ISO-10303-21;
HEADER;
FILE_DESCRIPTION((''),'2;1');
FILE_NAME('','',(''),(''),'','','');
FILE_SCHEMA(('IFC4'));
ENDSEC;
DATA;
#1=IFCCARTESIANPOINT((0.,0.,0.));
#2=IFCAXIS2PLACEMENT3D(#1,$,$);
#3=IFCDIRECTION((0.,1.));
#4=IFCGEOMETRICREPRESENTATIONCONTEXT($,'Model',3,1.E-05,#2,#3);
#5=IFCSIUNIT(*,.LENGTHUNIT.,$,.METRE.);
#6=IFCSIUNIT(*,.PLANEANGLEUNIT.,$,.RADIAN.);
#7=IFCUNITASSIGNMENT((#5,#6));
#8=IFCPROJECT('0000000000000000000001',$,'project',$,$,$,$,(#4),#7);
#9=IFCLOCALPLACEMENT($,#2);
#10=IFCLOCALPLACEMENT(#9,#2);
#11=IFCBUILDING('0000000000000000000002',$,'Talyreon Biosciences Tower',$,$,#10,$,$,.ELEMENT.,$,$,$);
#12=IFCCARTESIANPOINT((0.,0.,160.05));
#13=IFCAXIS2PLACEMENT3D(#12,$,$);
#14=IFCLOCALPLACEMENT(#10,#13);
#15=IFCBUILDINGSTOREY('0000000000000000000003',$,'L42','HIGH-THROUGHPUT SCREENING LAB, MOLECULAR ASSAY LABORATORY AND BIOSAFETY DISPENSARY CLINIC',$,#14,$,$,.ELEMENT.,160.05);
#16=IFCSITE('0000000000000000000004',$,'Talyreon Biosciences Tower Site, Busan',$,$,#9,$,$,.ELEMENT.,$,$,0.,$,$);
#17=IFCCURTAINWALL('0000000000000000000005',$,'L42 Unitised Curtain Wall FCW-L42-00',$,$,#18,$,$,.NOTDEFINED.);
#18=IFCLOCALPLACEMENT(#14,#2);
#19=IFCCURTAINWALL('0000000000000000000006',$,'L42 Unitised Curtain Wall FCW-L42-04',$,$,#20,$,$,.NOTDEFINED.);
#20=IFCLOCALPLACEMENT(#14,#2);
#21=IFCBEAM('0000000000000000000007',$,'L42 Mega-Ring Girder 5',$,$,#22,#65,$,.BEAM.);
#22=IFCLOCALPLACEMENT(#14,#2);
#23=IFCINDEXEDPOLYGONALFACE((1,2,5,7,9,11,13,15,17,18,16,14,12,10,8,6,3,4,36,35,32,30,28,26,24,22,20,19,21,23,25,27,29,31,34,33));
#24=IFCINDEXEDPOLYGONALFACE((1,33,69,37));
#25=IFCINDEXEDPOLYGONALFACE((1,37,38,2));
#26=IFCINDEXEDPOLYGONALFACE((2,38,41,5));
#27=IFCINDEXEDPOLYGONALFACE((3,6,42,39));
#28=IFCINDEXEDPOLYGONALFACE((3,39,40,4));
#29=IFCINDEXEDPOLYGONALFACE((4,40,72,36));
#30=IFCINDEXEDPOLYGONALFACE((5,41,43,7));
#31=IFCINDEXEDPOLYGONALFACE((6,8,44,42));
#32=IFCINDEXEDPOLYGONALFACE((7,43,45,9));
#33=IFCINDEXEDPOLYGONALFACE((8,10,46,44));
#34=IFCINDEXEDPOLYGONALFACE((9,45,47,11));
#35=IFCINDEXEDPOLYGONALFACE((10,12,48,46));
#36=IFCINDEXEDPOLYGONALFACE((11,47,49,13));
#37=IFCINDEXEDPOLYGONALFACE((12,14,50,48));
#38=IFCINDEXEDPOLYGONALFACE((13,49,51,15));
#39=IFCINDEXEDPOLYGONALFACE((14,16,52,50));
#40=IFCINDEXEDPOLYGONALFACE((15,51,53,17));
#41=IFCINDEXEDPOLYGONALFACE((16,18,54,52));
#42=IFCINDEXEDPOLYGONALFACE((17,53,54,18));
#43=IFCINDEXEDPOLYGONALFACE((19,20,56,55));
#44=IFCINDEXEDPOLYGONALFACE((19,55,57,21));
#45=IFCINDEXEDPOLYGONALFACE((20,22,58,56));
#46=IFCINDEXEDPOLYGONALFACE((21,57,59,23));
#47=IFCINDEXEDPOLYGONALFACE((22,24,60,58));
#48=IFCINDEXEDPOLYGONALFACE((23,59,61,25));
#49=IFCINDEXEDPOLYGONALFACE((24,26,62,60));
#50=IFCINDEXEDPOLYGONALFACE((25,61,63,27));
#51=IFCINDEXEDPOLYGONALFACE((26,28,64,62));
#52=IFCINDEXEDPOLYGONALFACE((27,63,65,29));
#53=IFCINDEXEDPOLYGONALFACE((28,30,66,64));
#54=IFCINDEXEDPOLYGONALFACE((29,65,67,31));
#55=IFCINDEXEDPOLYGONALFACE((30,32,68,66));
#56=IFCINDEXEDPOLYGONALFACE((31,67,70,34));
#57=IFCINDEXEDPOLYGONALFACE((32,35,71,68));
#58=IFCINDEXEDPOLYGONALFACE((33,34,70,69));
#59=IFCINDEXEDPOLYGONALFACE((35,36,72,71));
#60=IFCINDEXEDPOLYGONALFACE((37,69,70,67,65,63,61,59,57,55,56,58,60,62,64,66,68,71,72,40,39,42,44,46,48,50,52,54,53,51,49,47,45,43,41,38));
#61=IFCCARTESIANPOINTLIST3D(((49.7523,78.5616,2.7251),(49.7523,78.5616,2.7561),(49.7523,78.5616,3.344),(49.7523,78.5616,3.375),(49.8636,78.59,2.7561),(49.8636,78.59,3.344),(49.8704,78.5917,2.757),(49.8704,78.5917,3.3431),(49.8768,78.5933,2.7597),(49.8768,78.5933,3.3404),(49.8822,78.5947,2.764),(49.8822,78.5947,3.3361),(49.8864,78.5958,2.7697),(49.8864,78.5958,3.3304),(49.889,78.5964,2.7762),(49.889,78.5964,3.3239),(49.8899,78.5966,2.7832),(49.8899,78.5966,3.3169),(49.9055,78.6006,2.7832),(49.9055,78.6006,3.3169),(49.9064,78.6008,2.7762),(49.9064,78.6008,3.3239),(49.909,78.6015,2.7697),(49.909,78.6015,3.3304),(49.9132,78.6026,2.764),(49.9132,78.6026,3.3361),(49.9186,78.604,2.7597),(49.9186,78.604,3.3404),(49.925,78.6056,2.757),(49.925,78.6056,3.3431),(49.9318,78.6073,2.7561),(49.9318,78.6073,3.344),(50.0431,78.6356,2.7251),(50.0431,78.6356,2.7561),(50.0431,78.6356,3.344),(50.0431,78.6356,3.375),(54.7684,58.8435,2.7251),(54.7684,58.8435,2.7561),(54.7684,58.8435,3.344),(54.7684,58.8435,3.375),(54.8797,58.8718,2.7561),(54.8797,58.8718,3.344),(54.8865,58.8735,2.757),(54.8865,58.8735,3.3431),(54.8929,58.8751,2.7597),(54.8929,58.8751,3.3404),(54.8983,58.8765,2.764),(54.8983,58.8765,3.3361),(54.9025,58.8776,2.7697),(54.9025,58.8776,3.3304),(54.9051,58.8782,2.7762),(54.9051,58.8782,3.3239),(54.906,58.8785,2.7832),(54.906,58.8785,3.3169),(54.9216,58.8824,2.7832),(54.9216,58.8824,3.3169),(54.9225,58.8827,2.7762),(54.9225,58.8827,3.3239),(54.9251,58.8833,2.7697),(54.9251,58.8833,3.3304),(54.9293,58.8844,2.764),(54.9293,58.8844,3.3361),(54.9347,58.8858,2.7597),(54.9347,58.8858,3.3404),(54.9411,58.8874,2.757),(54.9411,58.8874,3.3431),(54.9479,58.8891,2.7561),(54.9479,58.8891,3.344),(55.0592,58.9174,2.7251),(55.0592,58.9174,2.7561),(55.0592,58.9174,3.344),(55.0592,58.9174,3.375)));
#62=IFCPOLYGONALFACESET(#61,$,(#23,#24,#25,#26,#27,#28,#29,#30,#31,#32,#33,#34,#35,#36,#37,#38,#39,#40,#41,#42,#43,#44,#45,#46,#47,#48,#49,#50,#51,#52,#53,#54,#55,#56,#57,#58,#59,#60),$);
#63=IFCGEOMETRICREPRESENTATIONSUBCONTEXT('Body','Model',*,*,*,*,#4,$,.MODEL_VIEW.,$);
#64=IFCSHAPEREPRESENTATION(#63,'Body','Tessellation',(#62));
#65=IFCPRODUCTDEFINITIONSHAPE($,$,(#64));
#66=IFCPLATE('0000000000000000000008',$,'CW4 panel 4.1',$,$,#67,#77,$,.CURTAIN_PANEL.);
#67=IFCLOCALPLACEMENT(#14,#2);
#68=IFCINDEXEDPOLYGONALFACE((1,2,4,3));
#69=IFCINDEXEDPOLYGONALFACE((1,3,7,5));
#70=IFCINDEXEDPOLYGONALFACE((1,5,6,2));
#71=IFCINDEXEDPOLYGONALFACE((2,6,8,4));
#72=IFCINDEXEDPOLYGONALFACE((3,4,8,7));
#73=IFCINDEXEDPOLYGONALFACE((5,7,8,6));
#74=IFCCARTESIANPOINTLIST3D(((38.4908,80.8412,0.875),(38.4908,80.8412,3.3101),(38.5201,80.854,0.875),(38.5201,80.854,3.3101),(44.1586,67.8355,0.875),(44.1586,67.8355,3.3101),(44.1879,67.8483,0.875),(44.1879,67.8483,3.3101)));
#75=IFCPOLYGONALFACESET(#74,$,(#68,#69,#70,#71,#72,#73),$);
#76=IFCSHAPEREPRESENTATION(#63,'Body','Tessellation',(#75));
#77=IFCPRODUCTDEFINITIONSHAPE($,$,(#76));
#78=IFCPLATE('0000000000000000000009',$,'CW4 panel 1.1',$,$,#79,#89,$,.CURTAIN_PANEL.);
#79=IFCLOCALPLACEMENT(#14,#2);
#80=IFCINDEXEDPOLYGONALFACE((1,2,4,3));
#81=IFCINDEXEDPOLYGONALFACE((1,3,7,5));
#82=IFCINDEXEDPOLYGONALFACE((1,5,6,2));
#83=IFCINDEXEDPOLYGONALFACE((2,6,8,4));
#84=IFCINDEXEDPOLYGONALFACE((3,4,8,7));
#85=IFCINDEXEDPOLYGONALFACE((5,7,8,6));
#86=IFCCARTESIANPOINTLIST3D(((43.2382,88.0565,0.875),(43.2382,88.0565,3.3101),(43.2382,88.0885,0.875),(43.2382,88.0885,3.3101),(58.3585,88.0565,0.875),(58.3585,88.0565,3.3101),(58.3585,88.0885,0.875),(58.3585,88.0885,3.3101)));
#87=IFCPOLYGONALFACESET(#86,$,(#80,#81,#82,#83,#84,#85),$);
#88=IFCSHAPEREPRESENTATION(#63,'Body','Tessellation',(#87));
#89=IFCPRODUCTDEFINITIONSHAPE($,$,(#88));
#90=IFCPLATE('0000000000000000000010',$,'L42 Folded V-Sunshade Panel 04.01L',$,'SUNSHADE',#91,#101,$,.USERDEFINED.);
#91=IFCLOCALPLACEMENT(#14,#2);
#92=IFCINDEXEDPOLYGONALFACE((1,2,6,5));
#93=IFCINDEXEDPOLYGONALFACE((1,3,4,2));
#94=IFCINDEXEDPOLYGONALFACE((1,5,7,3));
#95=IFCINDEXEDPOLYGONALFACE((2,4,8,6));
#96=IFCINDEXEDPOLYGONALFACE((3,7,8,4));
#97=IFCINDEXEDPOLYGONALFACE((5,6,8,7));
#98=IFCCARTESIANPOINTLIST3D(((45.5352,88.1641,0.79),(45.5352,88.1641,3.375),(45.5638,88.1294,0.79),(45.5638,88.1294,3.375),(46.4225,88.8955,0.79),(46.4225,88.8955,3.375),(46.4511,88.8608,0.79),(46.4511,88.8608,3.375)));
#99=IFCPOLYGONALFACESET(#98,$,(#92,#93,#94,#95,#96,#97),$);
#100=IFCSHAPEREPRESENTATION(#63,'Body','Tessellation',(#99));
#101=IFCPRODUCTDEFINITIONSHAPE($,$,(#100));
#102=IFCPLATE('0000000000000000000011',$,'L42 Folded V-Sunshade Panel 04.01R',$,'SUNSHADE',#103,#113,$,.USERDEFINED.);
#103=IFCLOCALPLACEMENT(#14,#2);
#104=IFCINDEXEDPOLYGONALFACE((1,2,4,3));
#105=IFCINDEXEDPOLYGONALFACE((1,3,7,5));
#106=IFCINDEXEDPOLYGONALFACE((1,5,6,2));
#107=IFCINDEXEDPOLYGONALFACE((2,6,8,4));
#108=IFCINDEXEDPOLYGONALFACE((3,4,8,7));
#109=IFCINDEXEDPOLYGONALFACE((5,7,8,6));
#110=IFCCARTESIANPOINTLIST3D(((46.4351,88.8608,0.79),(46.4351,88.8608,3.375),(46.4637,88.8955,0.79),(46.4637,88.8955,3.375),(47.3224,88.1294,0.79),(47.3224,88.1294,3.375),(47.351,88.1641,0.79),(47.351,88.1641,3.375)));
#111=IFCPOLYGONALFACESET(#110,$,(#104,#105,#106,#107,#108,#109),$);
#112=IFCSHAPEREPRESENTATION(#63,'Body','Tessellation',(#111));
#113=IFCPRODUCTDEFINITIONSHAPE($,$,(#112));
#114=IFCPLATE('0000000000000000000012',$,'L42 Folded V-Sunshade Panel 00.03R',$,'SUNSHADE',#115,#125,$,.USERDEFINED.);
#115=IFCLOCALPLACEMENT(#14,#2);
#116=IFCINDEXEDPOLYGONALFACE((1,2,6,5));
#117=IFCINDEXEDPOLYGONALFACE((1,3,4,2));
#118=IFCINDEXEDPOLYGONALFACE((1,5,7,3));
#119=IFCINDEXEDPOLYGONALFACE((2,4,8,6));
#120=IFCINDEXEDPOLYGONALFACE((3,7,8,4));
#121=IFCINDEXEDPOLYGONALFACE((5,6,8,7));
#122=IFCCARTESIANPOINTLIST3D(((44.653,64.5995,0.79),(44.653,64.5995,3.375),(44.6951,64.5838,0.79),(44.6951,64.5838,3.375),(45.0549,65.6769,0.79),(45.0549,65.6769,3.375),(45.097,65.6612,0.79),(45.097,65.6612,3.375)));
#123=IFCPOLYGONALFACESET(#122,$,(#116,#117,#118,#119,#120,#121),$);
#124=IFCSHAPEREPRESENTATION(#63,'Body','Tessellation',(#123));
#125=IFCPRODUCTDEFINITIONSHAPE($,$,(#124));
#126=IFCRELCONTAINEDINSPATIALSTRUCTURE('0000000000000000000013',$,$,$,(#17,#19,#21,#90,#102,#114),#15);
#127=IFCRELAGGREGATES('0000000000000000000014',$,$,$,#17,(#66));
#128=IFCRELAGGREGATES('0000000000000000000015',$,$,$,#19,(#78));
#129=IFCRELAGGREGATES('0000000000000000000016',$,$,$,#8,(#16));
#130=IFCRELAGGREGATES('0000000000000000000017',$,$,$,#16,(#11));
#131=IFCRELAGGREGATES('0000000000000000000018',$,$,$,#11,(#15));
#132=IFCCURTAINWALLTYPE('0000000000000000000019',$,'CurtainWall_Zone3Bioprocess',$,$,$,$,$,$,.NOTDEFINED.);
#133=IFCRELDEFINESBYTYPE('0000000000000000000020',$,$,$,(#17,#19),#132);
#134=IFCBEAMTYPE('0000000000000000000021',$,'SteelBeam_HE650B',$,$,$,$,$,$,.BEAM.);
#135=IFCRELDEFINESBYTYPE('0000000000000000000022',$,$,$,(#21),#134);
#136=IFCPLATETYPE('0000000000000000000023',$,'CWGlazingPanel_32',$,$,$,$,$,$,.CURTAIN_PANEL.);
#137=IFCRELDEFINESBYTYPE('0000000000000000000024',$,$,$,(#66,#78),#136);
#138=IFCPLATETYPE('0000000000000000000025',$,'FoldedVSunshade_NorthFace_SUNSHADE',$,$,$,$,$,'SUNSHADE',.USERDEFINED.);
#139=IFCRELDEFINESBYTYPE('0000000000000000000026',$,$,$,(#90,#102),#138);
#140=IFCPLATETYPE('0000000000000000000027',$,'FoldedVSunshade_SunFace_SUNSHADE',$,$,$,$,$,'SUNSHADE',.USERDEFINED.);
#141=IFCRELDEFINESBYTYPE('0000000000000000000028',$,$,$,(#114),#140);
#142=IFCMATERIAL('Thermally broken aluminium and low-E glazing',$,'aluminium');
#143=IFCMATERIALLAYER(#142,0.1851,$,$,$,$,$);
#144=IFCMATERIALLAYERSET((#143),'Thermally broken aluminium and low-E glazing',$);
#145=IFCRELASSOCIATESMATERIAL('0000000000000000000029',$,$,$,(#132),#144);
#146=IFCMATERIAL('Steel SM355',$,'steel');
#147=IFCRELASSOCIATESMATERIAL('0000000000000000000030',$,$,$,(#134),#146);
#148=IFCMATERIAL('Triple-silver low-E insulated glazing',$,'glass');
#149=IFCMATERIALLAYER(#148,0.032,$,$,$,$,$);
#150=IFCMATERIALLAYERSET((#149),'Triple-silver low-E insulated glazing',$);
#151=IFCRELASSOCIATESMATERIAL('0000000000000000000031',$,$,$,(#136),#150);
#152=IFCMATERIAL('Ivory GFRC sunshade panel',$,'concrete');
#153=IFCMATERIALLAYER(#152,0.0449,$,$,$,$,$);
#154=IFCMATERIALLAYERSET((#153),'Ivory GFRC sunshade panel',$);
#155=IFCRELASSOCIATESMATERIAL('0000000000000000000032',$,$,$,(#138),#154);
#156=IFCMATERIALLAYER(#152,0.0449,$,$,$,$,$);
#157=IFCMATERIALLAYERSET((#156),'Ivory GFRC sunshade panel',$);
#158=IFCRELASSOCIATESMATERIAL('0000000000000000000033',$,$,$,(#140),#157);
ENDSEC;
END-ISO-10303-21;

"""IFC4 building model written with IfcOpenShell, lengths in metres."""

from ifc_helpers import new_model, si_unit, direction, frame, origin, origin_2d, place, context, subcontext, project, spatial, rectangle, i_section, extrude, material, layer, layer_set, material_profile, profile_set, type_object, element, aggregate, save


model = new_model("IFC4")

# Units and contexts
model_context = context("Model", 3, precision=1e-05, world=origin(), true_north=direction((0.0, 1.0)))
body_context = subcontext(model_context, "Body", "Model", "MODEL_VIEW")
ifc_project = project(units=[si_unit("LENGTHUNIT", "METRE"), si_unit("PLANEANGLEUNIT", "RADIAN")], contexts=[model_context])

# Site, building, storey
site_placement = place(None, origin())
site = spatial("IfcSite", under=ifc_project, at=site_placement, Name="Talyreon Biosciences Tower Site, Busan", CompositionType="ELEMENT", RefElevation=0.0)
building_placement = place(site_placement, origin())
building = spatial("IfcBuilding", under=site, at=building_placement, Name="Talyreon Biosciences Tower", CompositionType="ELEMENT")
storey_placement = place(building_placement, frame((0.0, 0.0, 160.05)))
storey = spatial("IfcBuildingStorey", under=building, at=storey_placement, Name="L42", Description="HIGH-THROUGHPUT SCREENING LAB, MOLECULAR ASSAY LABORATORY AND BIOSAFETY DISPENSARY CLINIC", CompositionType="ELEMENT", Elevation=160.05)

# Curtain wall
ifc_material_1 = material(Name="Thermally broken aluminium and low-E glazing", Category="aluminium")
ifc_layer_1 = layer(ifc_material_1, 0.1851)
ifc_layer_set_1 = layer_set([ifc_layer_1], Name="Thermally broken aluminium and low-E glazing")
curtain_wall_type = type_object("IfcCurtainWallType", Name="CurtainWall_Zone3Bioprocess", PredefinedType="NOTDEFINED", material=ifc_layer_set_1)
curtain_wall_1_placement = place(storey_placement, origin())
curtain_wall_1 = element("IfcCurtainWall", 1, at=curtain_wall_1_placement, inside=storey, type_object=curtain_wall_type, Name="L42 Unitised Curtain Wall FCW-L42-00", PredefinedType="NOTDEFINED")

# Curtain wall
curtain_wall_2_placement = place(storey_placement, origin())
curtain_wall_2 = element("IfcCurtainWall", 2, at=curtain_wall_2_placement, inside=storey, type_object=curtain_wall_type, Name="L42 Unitised Curtain Wall FCW-L42-04", PredefinedType="NOTDEFINED")

# Beam
ifc_material_2 = material(Name="Steel SM355", Category="steel")
ifc_material_profile_1 = material_profile(ifc_material_2, i_section(OverallWidth=0.3, OverallDepth=0.6499, WebThickness=0.0161, FlangeThickness=0.031, FilletRadius=0.0271, at=origin_2d()), Name="HE650B")
ifc_profile_set_1 = profile_set([ifc_material_profile_1], Name="Steel SM355")
beam_type_1 = type_object("IfcBeamType", Name="SteelBeam_HE650B", PredefinedType="BEAM", material=ifc_profile_set_1)
beam_1_placement = place(storey_placement, frame((49.8977, 78.5986, 3.05), z_axis=(0.246537, -0.969133, 0.0), x_axis=(0.969133, 0.246537, 0.0)))
element("IfcBeam", 3, at=beam_1_placement, inside=storey, type_object=beam_type_1, Name="L42 Mega-Ring Girder 5", PredefinedType="BEAM", context=body_context, shape_type="SweptSolid", body=[
    extrude(i_section(OverallWidth=0.3, OverallDepth=0.6499, WebThickness=0.0161, FlangeThickness=0.031, FilletRadius=0.0271, at=origin_2d()), origin(), (0.0, 0.0, 1.0), 20.3462),
])

# Plates
ifc_material_3 = material(Name="Triple-silver low-E insulated glazing", Category="glass")
ifc_layer_2 = layer(ifc_material_3, 0.032)
ifc_layer_set_2 = layer_set([ifc_layer_2], Name="Triple-silver low-E insulated glazing")
plate_type_1 = type_object("IfcPlateType", Name="CWGlazingPanel_32", PredefinedType="CURTAIN_PANEL", material=ifc_layer_set_2)
plate_1_placement = place(storey_placement, frame((41.3394, 74.3447, 0.875), z_axis=(0.0, 0.0, 1.0), x_axis=(-0.399505, 0.916731, 0.0)))
plate_1 = element("IfcPlate", 4, at=plate_1_placement, type_object=plate_type_1, Name="CW4 panel 4.1", PredefinedType="CURTAIN_PANEL", context=body_context, shape_type="SweptSolid", body=[
    extrude(rectangle(XDim=14.187, YDim=0.032, at=origin_2d()), origin(), (0.0, 0.0, 1.0), 2.4351),
])
aggregate(curtain_wall_1, [plate_1])
plate_2_placement = place(storey_placement, frame((50.7983, 88.0725, 0.875), z_axis=(0.0, 0.0, 1.0), x_axis=(1.0, 0.0, 0.0)))
plate_2 = element("IfcPlate", 5, at=plate_2_placement, type_object=plate_type_1, Name="CW4 panel 1.1", PredefinedType="CURTAIN_PANEL", context=body_context, shape_type="SweptSolid", body=[
    extrude(rectangle(XDim=15.1204, YDim=0.032, at=origin_2d()), origin(), (0.0, 0.0, 1.0), 2.4351),
])
aggregate(curtain_wall_2, [plate_2])

# Plates
ifc_material_4 = material(Name="Ivory GFRC sunshade panel", Category="concrete")
ifc_layer_3 = layer(ifc_material_4, 0.0449)
ifc_layer_set_3 = layer_set([ifc_layer_3], Name="Ivory GFRC sunshade panel")
plate_type_2 = type_object("IfcPlateType", Name="FoldedVSunshade_NorthFace_SUNSHADE", ElementType="SUNSHADE", PredefinedType="USERDEFINED", material=ifc_layer_set_3)
for number, where, z_axis, x_axis, name in (
    (6, (45.9932, 88.5125, 0.79), (0.0, 0.0, 1.0), (0.771625, 0.636078, 0.0), "L42 Folded V-Sunshade Panel 04.01L"),
    (7, (46.8931, 88.5125, 0.79), (0.0, 0.0, 1.0), (0.771625, -0.636078, 0.0), "L42 Folded V-Sunshade Panel 04.01R"),
):
    element("IfcPlate", number, at=place(storey_placement, frame(where, z_axis=z_axis, x_axis=x_axis)), inside=storey, type_object=plate_type_2, Name=name, ObjectType="SUNSHADE", PredefinedType="USERDEFINED", context=body_context, shape_type="SweptSolid", body=[
        extrude(rectangle(XDim=1.1499, YDim=0.0449, at=origin_2d()), origin(), (0.0, 0.0, 1.0), 2.585),
    ])
ifc_layer_4 = layer(ifc_material_4, 0.0449)
ifc_layer_set_4 = layer_set([ifc_layer_4], Name="Ivory GFRC sunshade panel")
plate_type_3 = type_object("IfcPlateType", Name="FoldedVSunshade_SunFace_SUNSHADE", ElementType="SUNSHADE", PredefinedType="USERDEFINED", material=ifc_layer_set_4)
plate_3_placement = place(storey_placement, frame((44.875, 65.1304, 0.79), z_axis=(0.0, 0.0, 1.0), x_axis=(0.349439, 0.936959, 0.0)))
element("IfcPlate", 8, at=plate_3_placement, inside=storey, type_object=plate_type_3, Name="L42 Folded V-Sunshade Panel 00.03R", ObjectType="SUNSHADE", PredefinedType="USERDEFINED", context=body_context, shape_type="SweptSolid", body=[
    extrude(rectangle(XDim=1.1499, YDim=0.0449, at=origin_2d()), origin(), (0.0, 0.0, 1.0), 2.585),
])

save(model, "model.ifc")
